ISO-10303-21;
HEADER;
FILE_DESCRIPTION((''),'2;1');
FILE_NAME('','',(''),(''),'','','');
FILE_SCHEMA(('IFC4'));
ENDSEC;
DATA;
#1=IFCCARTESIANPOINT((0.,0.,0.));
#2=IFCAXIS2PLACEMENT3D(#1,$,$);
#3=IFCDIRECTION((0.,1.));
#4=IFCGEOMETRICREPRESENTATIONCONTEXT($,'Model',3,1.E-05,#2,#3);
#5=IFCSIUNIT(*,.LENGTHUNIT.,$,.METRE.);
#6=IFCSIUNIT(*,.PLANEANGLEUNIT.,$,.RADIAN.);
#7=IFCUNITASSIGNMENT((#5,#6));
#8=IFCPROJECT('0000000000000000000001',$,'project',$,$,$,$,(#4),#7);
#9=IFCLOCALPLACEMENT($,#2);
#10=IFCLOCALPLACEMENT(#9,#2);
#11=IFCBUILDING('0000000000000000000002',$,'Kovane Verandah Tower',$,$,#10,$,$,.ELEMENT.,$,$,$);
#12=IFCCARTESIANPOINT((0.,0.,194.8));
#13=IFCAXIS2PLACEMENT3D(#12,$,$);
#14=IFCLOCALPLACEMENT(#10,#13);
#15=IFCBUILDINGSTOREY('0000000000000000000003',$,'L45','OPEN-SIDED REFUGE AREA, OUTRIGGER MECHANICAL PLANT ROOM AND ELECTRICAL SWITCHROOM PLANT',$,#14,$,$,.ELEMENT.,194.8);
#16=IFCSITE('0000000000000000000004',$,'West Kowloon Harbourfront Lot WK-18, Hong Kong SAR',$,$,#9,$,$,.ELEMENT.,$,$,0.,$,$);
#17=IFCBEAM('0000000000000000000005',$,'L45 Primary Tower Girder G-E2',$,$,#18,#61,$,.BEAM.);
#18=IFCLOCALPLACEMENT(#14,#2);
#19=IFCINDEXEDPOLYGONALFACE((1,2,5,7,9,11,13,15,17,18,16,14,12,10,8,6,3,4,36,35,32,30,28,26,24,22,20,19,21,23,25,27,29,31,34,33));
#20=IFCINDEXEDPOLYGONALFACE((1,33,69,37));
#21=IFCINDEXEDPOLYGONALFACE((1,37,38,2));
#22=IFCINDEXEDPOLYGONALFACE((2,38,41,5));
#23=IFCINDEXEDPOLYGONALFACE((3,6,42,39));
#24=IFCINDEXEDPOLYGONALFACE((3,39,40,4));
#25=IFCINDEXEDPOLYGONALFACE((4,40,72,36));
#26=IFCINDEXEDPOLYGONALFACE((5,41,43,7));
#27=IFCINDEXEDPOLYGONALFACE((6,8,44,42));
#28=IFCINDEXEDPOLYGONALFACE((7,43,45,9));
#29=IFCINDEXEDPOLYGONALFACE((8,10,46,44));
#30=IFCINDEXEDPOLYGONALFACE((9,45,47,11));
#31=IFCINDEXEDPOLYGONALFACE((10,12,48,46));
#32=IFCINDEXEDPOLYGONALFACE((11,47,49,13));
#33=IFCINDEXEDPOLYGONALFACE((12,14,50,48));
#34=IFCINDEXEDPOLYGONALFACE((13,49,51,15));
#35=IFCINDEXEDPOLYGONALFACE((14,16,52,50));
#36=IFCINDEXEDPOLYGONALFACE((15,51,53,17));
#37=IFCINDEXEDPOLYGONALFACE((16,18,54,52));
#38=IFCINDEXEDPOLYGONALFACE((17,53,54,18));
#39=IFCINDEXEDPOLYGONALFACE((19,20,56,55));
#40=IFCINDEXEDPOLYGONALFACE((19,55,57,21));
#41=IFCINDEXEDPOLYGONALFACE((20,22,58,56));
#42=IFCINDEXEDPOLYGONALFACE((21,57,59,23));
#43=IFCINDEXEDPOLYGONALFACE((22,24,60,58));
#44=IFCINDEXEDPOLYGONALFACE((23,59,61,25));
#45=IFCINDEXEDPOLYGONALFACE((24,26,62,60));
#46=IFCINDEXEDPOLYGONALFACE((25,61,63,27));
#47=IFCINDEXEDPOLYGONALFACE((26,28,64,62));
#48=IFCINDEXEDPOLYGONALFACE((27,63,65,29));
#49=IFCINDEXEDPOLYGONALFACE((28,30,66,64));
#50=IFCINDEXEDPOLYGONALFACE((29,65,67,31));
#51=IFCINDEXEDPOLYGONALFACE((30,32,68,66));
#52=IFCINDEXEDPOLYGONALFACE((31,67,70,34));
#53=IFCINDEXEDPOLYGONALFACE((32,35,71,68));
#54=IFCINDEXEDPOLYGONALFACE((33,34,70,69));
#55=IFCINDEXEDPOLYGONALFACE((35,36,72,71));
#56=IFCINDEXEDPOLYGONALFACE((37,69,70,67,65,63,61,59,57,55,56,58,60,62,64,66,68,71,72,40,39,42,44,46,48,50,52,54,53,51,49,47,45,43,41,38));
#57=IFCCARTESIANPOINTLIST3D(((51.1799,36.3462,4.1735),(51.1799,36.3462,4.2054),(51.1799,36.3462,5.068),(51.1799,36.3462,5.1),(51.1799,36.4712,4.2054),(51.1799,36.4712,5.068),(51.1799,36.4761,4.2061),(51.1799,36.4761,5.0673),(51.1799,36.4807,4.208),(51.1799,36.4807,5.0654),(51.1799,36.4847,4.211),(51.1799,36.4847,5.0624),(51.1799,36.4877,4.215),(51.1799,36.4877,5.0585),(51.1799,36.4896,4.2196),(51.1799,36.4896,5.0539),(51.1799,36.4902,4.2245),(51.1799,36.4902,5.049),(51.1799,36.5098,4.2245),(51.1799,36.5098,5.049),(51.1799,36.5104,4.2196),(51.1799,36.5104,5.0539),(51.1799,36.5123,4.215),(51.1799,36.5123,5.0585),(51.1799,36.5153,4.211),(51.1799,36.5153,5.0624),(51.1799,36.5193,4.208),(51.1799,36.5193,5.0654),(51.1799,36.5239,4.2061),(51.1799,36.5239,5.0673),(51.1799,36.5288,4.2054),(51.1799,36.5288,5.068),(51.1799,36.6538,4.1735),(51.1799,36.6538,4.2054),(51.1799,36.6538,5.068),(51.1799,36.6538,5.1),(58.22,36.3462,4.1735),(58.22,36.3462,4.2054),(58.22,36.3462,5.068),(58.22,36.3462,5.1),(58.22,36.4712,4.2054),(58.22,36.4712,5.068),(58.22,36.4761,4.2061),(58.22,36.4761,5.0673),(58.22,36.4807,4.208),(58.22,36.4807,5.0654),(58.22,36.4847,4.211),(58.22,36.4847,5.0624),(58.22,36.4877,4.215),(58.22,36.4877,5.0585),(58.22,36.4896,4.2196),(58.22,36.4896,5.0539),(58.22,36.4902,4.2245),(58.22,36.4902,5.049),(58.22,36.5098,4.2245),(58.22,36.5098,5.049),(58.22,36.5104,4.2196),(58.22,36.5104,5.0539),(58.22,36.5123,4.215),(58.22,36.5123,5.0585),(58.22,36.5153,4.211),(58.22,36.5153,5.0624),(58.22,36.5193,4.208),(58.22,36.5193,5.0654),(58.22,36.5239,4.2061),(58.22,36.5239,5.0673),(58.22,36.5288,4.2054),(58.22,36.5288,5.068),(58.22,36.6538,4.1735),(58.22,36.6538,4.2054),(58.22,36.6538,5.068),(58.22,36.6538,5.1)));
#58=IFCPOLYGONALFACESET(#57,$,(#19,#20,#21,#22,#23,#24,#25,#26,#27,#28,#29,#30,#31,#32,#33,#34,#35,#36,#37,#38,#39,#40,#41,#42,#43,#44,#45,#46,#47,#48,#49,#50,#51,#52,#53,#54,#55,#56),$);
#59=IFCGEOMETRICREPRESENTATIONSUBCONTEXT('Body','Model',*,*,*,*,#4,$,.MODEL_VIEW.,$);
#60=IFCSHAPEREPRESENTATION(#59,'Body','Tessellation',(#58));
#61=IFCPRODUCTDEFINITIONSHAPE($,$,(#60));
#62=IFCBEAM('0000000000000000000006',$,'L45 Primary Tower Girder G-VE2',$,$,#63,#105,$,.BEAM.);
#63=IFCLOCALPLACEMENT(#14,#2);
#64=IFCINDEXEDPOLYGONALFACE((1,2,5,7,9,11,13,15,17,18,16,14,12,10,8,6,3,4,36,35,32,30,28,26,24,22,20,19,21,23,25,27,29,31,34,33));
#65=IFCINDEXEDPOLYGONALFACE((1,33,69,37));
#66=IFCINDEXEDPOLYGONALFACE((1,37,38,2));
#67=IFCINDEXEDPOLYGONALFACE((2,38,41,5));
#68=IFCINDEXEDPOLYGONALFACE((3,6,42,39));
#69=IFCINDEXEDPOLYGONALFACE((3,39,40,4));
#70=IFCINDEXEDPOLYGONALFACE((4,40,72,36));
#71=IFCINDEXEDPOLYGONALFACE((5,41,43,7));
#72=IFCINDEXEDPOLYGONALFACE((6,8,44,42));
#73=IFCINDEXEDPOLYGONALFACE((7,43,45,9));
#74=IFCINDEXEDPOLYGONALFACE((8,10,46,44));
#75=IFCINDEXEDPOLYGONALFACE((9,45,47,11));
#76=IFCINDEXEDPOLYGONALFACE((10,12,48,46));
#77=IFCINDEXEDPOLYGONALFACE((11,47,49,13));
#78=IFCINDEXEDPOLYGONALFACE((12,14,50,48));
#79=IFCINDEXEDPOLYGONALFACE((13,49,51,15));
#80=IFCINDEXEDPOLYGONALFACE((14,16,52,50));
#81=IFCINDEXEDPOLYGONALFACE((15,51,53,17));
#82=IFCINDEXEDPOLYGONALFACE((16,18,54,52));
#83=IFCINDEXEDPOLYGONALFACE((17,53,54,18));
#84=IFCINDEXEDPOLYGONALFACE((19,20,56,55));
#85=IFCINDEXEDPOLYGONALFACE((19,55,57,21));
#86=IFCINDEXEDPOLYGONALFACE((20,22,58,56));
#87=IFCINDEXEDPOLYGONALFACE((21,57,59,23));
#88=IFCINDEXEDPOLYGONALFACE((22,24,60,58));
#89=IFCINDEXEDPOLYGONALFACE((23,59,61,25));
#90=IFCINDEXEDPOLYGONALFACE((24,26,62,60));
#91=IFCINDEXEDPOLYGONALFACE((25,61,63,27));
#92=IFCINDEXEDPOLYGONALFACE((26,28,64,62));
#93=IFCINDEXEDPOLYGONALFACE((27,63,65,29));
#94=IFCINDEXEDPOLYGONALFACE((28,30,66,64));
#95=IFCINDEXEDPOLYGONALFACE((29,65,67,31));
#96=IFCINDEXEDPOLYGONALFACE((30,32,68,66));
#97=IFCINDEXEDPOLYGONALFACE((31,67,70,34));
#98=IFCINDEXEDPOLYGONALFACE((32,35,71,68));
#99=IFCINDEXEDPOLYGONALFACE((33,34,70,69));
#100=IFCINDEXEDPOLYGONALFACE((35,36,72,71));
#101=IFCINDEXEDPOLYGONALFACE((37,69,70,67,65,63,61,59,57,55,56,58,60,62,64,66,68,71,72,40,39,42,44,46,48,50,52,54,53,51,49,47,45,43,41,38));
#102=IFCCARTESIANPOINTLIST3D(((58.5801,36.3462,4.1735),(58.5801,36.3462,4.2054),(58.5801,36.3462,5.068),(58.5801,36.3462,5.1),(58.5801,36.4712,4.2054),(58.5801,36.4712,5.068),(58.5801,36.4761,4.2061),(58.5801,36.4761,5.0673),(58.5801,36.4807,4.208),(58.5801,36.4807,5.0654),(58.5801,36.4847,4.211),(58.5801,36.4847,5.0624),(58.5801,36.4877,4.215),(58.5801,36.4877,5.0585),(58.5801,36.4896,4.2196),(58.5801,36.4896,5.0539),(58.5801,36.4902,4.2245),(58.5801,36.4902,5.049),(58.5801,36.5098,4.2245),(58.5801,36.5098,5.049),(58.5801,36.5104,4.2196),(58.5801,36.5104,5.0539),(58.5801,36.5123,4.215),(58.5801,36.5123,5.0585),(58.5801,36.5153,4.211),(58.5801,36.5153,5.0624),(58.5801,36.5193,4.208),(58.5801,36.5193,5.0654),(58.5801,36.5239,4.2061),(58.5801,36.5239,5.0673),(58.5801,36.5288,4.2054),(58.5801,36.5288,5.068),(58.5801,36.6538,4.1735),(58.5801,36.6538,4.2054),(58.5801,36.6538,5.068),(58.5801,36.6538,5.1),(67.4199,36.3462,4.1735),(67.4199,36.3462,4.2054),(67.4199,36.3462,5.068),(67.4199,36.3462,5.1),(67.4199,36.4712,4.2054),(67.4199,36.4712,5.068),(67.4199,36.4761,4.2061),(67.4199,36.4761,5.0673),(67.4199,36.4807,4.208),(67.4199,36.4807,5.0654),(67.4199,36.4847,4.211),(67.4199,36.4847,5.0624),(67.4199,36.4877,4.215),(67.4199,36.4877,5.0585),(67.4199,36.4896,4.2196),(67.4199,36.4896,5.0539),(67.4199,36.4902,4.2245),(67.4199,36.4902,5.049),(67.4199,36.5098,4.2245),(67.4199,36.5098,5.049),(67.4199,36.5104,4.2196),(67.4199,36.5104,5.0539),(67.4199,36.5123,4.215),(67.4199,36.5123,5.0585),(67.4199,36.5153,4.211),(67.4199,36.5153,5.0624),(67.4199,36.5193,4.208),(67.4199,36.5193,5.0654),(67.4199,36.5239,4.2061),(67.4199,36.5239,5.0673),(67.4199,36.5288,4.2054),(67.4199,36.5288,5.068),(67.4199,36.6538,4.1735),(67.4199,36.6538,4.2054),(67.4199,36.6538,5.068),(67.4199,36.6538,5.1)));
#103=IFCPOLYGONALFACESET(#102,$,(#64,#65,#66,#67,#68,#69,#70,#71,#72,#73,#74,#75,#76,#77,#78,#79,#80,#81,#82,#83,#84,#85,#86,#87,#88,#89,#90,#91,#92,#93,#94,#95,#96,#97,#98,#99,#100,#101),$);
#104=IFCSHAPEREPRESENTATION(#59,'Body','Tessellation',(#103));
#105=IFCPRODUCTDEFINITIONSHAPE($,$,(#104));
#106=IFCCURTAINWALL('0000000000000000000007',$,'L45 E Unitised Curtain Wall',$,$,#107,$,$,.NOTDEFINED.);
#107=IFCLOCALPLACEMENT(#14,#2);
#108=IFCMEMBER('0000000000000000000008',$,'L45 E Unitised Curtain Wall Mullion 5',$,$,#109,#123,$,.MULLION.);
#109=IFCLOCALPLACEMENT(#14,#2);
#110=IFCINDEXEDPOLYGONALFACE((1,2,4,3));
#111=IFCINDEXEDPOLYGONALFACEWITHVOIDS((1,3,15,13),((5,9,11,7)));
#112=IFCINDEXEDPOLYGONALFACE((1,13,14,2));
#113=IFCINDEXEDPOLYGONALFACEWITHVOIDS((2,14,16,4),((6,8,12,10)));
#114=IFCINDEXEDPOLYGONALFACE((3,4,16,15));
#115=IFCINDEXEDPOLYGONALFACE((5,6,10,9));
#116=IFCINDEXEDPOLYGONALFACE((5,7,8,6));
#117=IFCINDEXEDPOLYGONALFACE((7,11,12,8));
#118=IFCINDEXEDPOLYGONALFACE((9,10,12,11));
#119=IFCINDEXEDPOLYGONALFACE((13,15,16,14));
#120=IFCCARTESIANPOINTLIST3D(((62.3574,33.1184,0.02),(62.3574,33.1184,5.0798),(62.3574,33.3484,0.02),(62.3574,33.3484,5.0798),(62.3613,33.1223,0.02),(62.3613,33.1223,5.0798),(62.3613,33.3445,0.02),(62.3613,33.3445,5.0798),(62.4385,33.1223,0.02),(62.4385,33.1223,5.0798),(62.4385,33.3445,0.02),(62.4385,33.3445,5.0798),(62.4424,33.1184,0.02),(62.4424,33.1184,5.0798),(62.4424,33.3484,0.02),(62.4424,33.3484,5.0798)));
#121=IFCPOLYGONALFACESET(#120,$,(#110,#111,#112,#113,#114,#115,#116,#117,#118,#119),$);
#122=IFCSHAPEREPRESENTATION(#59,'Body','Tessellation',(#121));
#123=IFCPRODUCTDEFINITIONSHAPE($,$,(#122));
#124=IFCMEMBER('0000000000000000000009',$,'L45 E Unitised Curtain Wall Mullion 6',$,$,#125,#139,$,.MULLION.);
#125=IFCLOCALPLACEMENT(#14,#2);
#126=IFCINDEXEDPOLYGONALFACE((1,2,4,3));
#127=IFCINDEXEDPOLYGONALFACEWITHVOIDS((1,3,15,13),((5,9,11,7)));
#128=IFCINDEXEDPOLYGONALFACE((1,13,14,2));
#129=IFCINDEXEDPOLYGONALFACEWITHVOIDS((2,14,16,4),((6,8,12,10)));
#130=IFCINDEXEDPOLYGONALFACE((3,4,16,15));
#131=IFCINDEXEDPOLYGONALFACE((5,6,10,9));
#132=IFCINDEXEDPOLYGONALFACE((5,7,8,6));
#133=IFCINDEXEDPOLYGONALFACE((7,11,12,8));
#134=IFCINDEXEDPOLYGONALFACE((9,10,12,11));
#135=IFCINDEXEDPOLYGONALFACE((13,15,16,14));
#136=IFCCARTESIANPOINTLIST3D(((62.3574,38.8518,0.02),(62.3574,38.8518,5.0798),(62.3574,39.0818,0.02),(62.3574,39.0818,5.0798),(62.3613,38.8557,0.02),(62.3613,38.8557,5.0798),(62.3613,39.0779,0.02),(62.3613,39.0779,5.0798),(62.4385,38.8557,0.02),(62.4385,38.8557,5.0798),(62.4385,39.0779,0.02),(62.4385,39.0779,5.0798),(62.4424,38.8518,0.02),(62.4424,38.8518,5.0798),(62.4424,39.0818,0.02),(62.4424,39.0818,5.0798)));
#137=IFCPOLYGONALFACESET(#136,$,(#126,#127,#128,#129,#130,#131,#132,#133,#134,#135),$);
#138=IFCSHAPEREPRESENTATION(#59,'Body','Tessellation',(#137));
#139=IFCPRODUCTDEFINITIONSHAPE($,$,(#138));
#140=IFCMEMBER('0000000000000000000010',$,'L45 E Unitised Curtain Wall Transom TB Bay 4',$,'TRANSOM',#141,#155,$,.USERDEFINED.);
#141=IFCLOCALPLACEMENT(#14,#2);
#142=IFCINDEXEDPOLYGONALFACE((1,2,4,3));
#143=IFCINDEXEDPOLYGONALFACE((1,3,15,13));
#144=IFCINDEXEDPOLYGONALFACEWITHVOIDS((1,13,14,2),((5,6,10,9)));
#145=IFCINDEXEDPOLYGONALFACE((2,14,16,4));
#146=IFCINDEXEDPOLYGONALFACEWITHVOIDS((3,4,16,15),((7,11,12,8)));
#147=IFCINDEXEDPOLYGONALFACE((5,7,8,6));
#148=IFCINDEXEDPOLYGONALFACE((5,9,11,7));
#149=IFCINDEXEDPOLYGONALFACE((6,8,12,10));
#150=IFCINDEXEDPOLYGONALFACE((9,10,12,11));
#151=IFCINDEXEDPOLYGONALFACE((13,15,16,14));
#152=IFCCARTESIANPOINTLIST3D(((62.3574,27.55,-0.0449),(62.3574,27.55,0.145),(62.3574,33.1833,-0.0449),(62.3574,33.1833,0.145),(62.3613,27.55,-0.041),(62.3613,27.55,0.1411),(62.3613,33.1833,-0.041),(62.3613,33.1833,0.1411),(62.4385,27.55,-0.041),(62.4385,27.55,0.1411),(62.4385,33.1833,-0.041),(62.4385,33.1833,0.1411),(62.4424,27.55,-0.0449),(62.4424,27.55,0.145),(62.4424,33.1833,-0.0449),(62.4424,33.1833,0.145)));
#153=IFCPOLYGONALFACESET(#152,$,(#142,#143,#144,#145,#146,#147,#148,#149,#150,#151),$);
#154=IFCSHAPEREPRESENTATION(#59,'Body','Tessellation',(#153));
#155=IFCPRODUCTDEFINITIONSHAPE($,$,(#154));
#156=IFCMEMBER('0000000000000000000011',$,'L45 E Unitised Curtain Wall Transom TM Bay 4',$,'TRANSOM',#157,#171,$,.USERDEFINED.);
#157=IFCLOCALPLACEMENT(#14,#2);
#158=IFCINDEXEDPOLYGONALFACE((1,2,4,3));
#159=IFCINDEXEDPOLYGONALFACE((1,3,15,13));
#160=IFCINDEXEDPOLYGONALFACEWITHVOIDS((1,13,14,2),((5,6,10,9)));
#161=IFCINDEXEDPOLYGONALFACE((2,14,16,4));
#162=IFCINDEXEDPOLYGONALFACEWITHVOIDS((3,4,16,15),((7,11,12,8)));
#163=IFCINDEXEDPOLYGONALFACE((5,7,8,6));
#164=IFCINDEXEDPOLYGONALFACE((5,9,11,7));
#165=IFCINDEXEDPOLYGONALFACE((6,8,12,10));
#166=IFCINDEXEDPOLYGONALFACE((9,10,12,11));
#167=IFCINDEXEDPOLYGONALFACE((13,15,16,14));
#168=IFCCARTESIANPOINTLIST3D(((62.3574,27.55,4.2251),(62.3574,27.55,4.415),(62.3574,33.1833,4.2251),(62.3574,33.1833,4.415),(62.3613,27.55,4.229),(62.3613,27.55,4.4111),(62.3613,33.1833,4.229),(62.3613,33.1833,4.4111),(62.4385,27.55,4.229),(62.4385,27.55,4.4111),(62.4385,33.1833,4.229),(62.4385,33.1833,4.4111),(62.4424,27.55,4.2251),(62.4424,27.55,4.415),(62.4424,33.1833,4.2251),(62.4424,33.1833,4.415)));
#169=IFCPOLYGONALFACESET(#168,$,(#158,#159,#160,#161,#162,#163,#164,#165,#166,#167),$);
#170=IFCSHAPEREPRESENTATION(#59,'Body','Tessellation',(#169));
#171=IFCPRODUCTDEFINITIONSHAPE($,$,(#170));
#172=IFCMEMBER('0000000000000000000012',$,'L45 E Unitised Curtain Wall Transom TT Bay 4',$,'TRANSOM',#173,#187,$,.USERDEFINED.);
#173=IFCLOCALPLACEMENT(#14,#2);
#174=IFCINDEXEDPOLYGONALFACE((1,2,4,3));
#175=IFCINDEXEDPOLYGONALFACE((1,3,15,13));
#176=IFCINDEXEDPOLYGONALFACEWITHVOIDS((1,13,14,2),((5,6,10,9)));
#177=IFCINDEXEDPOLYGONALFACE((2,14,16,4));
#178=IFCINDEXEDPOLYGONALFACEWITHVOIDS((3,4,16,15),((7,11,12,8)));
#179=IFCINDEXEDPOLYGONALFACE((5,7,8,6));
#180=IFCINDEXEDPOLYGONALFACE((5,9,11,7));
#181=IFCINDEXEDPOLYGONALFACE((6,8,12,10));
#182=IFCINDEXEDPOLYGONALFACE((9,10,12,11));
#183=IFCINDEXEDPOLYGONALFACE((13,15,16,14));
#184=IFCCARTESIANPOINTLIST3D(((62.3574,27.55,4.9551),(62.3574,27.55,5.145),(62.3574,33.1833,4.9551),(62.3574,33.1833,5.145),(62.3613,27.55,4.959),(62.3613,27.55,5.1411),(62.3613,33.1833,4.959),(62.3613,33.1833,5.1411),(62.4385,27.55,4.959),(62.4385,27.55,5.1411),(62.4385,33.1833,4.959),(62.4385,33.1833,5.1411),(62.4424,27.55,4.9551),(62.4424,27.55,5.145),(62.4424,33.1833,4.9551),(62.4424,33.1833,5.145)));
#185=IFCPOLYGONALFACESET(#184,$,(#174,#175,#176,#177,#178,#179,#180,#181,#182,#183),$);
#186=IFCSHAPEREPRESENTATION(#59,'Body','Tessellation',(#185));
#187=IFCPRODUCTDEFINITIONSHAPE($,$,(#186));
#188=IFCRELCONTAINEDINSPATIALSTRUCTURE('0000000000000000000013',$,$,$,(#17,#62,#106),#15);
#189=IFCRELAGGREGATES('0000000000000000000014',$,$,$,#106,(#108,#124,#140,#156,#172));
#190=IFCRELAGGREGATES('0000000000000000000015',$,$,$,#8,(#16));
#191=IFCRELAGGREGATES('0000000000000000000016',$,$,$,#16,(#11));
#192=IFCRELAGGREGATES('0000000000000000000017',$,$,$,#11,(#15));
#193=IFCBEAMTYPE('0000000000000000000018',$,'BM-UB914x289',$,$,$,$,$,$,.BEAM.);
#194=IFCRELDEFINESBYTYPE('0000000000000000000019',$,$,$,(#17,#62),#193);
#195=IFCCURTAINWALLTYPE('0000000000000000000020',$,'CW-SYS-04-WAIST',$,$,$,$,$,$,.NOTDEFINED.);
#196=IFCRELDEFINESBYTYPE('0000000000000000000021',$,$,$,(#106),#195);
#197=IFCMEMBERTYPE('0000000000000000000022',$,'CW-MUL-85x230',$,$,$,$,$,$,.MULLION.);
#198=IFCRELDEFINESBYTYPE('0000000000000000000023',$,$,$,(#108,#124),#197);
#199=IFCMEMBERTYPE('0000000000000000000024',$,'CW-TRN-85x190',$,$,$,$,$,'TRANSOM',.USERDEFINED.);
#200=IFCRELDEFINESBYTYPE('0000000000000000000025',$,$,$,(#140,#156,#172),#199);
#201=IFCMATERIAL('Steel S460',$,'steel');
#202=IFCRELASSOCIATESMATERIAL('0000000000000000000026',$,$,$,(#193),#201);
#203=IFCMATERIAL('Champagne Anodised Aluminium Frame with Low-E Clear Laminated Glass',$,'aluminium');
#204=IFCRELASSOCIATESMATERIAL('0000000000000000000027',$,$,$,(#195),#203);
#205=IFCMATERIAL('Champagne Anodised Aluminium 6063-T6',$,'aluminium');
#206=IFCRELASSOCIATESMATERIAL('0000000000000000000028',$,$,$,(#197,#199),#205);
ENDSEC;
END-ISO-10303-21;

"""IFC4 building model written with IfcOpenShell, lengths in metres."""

from ifc_helpers import new_model, si_unit, direction, frame, origin, origin_2d, place, context, subcontext, project, spatial, hollow_rectangle, i_section, extrude, material, material_profile, profile_set, type_object, element, aggregate, save


model = new_model("IFC4")

# Units and contexts
model_context = context("Model", 3, precision=1e-05, world=origin(), true_north=direction((0.0, 1.0)))
body_context = subcontext(model_context, "Body", "Model", "MODEL_VIEW")
ifc_project = project(units=[si_unit("LENGTHUNIT", "METRE"), si_unit("PLANEANGLEUNIT", "RADIAN")], contexts=[model_context])

# Site, building, storey
site_placement = place(None, origin())
site = spatial("IfcSite", under=ifc_project, at=site_placement, Name="West Kowloon Harbourfront Lot WK-18, Hong Kong SAR", CompositionType="ELEMENT", RefElevation=0.0)
building_placement = place(site_placement, origin())
building = spatial("IfcBuilding", under=site, at=building_placement, Name="Kovane Verandah Tower", CompositionType="ELEMENT")
storey_placement = place(building_placement, frame((0.0, 0.0, 194.8)))
storey = spatial("IfcBuildingStorey", under=building, at=storey_placement, Name="L45", Description="OPEN-SIDED REFUGE AREA, OUTRIGGER MECHANICAL PLANT ROOM AND ELECTRICAL SWITCHROOM PLANT", CompositionType="ELEMENT", Elevation=194.8)

# Shared definitions
ifc_material_1 = material(Name="Steel S460", Category="steel")

# Beams
ifc_material_profile_1 = material_profile(ifc_material_1, i_section(OverallWidth=0.3076, OverallDepth=0.9265, WebThickness=0.0195, FlangeThickness=0.032, FilletRadius=0.019, at=origin_2d()), Name="UB914x305x289")
ifc_profile_set_1 = profile_set([ifc_material_profile_1], Name="Steel S460")
beam_type_1 = type_object("IfcBeamType", Name="BM-UB914x289", PredefinedType="BEAM", material=ifc_profile_set_1)
beam_1_placement = place(storey_placement, frame((51.1799, 36.5, 4.6367), z_axis=(1.0, 0.0, 0.0), x_axis=(0.0, 1.0, 0.0)))
element("IfcBeam", 1, at=beam_1_placement, inside=storey, type_object=beam_type_1, Name="L45 Primary Tower Girder G-E2", PredefinedType="BEAM", context=body_context, shape_type="SweptSolid", body=[
    extrude(i_section(OverallWidth=0.3076, OverallDepth=0.9265, WebThickness=0.0195, FlangeThickness=0.032, FilletRadius=0.019, at=origin_2d()), origin(), (0.0, 0.0, 1.0), 7.04),
])
beam_2_placement = place(storey_placement, frame((58.5801, 36.5, 4.6367), z_axis=(1.0, 0.0, 0.0), x_axis=(0.0, 1.0, 0.0)))
element("IfcBeam", 2, at=beam_2_placement, inside=storey, type_object=beam_type_1, Name="L45 Primary Tower Girder G-VE2", PredefinedType="BEAM", context=body_context, shape_type="SweptSolid", body=[
    extrude(i_section(OverallWidth=0.3076, OverallDepth=0.9265, WebThickness=0.0195, FlangeThickness=0.032, FilletRadius=0.019, at=origin_2d()), origin(), (0.0, 0.0, 1.0), 8.8398),
])

# Curtain wall, members
ifc_material_2 = material(Name="Champagne Anodised Aluminium Frame with Low-E Clear Laminated Glass", Category="aluminium")
curtain_wall_type = type_object("IfcCurtainWallType", Name="CW-SYS-04-WAIST", PredefinedType="NOTDEFINED", material=ifc_material_2)
curtain_wall_placement = place(storey_placement, origin())
curtain_wall = element("IfcCurtainWall", 3, at=curtain_wall_placement, inside=storey, type_object=curtain_wall_type, Name="L45 E Unitised Curtain Wall", PredefinedType="NOTDEFINED")
ifc_material_3 = material(Name="Champagne Anodised Aluminium 6063-T6", Category="aluminium")
ifc_material_profile_2 = material_profile(ifc_material_3, hollow_rectangle(XDim=0.085, YDim=0.23, WallThickness=0.0039, at=origin_2d()), Name="AL85x230x4")
ifc_profile_set_2 = profile_set([ifc_material_profile_2], Name="Champagne Anodised Aluminium 6063-T6")
member_type_1 = type_object("IfcMemberType", Name="CW-MUL-85x230", PredefinedType="MULLION", material=ifc_profile_set_2)
member_1_placement = place(storey_placement, frame((62.3999, 33.2334, 0.02), z_axis=(0.0, 0.0, 1.0), x_axis=(1.0, 0.0, 0.0)))
member_1 = element("IfcMember", 4, at=member_1_placement, type_object=member_type_1, Name="L45 E Unitised Curtain Wall Mullion 5", PredefinedType="MULLION", context=body_context, shape_type="SweptSolid", body=[
    extrude(hollow_rectangle(XDim=0.085, YDim=0.23, WallThickness=0.0039, at=origin_2d()), origin(), (0.0, 0.0, 1.0), 5.0598),
])
member_2_placement = place(storey_placement, frame((62.3999, 38.9668, 0.02), z_axis=(0.0, 0.0, 1.0), x_axis=(1.0, 0.0, 0.0)))
member_2 = element("IfcMember", 5, at=member_2_placement, type_object=member_type_1, Name="L45 E Unitised Curtain Wall Mullion 6", PredefinedType="MULLION", context=body_context, shape_type="SweptSolid", body=[
    extrude(hollow_rectangle(XDim=0.085, YDim=0.23, WallThickness=0.0039, at=origin_2d()), origin(), (0.0, 0.0, 1.0), 5.0598),
])
ifc_material_profile_3 = material_profile(ifc_material_3, hollow_rectangle(XDim=0.085, YDim=0.1899, WallThickness=0.0039, at=origin_2d()), Name="AL85x190x4")
ifc_profile_set_3 = profile_set([ifc_material_profile_3], Name="Champagne Anodised Aluminium 6063-T6")
member_type_2 = type_object("IfcMemberType", Name="CW-TRN-85x190", ElementType="TRANSOM", PredefinedType="USERDEFINED", material=ifc_profile_set_3)
member_3_placement = place(storey_placement, frame((62.3999, 27.55, 0.05), z_axis=(0.0, 1.0, 0.0), x_axis=(-1.0, 0.0, 0.0)))
member_3 = element("IfcMember", 6, at=member_3_placement, type_object=member_type_2, Name="L45 E Unitised Curtain Wall Transom TB Bay 4", ObjectType="TRANSOM", PredefinedType="USERDEFINED", context=body_context, shape_type="SweptSolid", body=[
    extrude(hollow_rectangle(XDim=0.085, YDim=0.1899, WallThickness=0.0039, at=origin_2d()), origin(), (0.0, 0.0, 1.0), 5.6333),
])
member_4_placement = place(storey_placement, frame((62.3999, 27.55, 4.3201), z_axis=(0.0, 1.0, 0.0), x_axis=(-1.0, 0.0, 0.0)))
member_4 = element("IfcMember", 7, at=member_4_placement, type_object=member_type_2, Name="L45 E Unitised Curtain Wall Transom TM Bay 4", ObjectType="TRANSOM", PredefinedType="USERDEFINED", context=body_context, shape_type="SweptSolid", body=[
    extrude(hollow_rectangle(XDim=0.085, YDim=0.1899, WallThickness=0.0039, at=origin_2d()), origin(), (0.0, 0.0, 1.0), 5.6333),
])
member_5_placement = place(storey_placement, frame((62.3999, 27.55, 5.05), z_axis=(0.0, 1.0, 0.0), x_axis=(-1.0, 0.0, 0.0)))
member_5 = element("IfcMember", 8, at=member_5_placement, type_object=member_type_2, Name="L45 E Unitised Curtain Wall Transom TT Bay 4", ObjectType="TRANSOM", PredefinedType="USERDEFINED", context=body_context, shape_type="SweptSolid", body=[
    extrude(hollow_rectangle(XDim=0.085, YDim=0.1899, WallThickness=0.0039, at=origin_2d()), origin(), (0.0, 0.0, 1.0), 5.6333),
])

aggregate(curtain_wall, [member_1, member_2, member_3, member_4, member_5])

save(model, "model.ifc")
